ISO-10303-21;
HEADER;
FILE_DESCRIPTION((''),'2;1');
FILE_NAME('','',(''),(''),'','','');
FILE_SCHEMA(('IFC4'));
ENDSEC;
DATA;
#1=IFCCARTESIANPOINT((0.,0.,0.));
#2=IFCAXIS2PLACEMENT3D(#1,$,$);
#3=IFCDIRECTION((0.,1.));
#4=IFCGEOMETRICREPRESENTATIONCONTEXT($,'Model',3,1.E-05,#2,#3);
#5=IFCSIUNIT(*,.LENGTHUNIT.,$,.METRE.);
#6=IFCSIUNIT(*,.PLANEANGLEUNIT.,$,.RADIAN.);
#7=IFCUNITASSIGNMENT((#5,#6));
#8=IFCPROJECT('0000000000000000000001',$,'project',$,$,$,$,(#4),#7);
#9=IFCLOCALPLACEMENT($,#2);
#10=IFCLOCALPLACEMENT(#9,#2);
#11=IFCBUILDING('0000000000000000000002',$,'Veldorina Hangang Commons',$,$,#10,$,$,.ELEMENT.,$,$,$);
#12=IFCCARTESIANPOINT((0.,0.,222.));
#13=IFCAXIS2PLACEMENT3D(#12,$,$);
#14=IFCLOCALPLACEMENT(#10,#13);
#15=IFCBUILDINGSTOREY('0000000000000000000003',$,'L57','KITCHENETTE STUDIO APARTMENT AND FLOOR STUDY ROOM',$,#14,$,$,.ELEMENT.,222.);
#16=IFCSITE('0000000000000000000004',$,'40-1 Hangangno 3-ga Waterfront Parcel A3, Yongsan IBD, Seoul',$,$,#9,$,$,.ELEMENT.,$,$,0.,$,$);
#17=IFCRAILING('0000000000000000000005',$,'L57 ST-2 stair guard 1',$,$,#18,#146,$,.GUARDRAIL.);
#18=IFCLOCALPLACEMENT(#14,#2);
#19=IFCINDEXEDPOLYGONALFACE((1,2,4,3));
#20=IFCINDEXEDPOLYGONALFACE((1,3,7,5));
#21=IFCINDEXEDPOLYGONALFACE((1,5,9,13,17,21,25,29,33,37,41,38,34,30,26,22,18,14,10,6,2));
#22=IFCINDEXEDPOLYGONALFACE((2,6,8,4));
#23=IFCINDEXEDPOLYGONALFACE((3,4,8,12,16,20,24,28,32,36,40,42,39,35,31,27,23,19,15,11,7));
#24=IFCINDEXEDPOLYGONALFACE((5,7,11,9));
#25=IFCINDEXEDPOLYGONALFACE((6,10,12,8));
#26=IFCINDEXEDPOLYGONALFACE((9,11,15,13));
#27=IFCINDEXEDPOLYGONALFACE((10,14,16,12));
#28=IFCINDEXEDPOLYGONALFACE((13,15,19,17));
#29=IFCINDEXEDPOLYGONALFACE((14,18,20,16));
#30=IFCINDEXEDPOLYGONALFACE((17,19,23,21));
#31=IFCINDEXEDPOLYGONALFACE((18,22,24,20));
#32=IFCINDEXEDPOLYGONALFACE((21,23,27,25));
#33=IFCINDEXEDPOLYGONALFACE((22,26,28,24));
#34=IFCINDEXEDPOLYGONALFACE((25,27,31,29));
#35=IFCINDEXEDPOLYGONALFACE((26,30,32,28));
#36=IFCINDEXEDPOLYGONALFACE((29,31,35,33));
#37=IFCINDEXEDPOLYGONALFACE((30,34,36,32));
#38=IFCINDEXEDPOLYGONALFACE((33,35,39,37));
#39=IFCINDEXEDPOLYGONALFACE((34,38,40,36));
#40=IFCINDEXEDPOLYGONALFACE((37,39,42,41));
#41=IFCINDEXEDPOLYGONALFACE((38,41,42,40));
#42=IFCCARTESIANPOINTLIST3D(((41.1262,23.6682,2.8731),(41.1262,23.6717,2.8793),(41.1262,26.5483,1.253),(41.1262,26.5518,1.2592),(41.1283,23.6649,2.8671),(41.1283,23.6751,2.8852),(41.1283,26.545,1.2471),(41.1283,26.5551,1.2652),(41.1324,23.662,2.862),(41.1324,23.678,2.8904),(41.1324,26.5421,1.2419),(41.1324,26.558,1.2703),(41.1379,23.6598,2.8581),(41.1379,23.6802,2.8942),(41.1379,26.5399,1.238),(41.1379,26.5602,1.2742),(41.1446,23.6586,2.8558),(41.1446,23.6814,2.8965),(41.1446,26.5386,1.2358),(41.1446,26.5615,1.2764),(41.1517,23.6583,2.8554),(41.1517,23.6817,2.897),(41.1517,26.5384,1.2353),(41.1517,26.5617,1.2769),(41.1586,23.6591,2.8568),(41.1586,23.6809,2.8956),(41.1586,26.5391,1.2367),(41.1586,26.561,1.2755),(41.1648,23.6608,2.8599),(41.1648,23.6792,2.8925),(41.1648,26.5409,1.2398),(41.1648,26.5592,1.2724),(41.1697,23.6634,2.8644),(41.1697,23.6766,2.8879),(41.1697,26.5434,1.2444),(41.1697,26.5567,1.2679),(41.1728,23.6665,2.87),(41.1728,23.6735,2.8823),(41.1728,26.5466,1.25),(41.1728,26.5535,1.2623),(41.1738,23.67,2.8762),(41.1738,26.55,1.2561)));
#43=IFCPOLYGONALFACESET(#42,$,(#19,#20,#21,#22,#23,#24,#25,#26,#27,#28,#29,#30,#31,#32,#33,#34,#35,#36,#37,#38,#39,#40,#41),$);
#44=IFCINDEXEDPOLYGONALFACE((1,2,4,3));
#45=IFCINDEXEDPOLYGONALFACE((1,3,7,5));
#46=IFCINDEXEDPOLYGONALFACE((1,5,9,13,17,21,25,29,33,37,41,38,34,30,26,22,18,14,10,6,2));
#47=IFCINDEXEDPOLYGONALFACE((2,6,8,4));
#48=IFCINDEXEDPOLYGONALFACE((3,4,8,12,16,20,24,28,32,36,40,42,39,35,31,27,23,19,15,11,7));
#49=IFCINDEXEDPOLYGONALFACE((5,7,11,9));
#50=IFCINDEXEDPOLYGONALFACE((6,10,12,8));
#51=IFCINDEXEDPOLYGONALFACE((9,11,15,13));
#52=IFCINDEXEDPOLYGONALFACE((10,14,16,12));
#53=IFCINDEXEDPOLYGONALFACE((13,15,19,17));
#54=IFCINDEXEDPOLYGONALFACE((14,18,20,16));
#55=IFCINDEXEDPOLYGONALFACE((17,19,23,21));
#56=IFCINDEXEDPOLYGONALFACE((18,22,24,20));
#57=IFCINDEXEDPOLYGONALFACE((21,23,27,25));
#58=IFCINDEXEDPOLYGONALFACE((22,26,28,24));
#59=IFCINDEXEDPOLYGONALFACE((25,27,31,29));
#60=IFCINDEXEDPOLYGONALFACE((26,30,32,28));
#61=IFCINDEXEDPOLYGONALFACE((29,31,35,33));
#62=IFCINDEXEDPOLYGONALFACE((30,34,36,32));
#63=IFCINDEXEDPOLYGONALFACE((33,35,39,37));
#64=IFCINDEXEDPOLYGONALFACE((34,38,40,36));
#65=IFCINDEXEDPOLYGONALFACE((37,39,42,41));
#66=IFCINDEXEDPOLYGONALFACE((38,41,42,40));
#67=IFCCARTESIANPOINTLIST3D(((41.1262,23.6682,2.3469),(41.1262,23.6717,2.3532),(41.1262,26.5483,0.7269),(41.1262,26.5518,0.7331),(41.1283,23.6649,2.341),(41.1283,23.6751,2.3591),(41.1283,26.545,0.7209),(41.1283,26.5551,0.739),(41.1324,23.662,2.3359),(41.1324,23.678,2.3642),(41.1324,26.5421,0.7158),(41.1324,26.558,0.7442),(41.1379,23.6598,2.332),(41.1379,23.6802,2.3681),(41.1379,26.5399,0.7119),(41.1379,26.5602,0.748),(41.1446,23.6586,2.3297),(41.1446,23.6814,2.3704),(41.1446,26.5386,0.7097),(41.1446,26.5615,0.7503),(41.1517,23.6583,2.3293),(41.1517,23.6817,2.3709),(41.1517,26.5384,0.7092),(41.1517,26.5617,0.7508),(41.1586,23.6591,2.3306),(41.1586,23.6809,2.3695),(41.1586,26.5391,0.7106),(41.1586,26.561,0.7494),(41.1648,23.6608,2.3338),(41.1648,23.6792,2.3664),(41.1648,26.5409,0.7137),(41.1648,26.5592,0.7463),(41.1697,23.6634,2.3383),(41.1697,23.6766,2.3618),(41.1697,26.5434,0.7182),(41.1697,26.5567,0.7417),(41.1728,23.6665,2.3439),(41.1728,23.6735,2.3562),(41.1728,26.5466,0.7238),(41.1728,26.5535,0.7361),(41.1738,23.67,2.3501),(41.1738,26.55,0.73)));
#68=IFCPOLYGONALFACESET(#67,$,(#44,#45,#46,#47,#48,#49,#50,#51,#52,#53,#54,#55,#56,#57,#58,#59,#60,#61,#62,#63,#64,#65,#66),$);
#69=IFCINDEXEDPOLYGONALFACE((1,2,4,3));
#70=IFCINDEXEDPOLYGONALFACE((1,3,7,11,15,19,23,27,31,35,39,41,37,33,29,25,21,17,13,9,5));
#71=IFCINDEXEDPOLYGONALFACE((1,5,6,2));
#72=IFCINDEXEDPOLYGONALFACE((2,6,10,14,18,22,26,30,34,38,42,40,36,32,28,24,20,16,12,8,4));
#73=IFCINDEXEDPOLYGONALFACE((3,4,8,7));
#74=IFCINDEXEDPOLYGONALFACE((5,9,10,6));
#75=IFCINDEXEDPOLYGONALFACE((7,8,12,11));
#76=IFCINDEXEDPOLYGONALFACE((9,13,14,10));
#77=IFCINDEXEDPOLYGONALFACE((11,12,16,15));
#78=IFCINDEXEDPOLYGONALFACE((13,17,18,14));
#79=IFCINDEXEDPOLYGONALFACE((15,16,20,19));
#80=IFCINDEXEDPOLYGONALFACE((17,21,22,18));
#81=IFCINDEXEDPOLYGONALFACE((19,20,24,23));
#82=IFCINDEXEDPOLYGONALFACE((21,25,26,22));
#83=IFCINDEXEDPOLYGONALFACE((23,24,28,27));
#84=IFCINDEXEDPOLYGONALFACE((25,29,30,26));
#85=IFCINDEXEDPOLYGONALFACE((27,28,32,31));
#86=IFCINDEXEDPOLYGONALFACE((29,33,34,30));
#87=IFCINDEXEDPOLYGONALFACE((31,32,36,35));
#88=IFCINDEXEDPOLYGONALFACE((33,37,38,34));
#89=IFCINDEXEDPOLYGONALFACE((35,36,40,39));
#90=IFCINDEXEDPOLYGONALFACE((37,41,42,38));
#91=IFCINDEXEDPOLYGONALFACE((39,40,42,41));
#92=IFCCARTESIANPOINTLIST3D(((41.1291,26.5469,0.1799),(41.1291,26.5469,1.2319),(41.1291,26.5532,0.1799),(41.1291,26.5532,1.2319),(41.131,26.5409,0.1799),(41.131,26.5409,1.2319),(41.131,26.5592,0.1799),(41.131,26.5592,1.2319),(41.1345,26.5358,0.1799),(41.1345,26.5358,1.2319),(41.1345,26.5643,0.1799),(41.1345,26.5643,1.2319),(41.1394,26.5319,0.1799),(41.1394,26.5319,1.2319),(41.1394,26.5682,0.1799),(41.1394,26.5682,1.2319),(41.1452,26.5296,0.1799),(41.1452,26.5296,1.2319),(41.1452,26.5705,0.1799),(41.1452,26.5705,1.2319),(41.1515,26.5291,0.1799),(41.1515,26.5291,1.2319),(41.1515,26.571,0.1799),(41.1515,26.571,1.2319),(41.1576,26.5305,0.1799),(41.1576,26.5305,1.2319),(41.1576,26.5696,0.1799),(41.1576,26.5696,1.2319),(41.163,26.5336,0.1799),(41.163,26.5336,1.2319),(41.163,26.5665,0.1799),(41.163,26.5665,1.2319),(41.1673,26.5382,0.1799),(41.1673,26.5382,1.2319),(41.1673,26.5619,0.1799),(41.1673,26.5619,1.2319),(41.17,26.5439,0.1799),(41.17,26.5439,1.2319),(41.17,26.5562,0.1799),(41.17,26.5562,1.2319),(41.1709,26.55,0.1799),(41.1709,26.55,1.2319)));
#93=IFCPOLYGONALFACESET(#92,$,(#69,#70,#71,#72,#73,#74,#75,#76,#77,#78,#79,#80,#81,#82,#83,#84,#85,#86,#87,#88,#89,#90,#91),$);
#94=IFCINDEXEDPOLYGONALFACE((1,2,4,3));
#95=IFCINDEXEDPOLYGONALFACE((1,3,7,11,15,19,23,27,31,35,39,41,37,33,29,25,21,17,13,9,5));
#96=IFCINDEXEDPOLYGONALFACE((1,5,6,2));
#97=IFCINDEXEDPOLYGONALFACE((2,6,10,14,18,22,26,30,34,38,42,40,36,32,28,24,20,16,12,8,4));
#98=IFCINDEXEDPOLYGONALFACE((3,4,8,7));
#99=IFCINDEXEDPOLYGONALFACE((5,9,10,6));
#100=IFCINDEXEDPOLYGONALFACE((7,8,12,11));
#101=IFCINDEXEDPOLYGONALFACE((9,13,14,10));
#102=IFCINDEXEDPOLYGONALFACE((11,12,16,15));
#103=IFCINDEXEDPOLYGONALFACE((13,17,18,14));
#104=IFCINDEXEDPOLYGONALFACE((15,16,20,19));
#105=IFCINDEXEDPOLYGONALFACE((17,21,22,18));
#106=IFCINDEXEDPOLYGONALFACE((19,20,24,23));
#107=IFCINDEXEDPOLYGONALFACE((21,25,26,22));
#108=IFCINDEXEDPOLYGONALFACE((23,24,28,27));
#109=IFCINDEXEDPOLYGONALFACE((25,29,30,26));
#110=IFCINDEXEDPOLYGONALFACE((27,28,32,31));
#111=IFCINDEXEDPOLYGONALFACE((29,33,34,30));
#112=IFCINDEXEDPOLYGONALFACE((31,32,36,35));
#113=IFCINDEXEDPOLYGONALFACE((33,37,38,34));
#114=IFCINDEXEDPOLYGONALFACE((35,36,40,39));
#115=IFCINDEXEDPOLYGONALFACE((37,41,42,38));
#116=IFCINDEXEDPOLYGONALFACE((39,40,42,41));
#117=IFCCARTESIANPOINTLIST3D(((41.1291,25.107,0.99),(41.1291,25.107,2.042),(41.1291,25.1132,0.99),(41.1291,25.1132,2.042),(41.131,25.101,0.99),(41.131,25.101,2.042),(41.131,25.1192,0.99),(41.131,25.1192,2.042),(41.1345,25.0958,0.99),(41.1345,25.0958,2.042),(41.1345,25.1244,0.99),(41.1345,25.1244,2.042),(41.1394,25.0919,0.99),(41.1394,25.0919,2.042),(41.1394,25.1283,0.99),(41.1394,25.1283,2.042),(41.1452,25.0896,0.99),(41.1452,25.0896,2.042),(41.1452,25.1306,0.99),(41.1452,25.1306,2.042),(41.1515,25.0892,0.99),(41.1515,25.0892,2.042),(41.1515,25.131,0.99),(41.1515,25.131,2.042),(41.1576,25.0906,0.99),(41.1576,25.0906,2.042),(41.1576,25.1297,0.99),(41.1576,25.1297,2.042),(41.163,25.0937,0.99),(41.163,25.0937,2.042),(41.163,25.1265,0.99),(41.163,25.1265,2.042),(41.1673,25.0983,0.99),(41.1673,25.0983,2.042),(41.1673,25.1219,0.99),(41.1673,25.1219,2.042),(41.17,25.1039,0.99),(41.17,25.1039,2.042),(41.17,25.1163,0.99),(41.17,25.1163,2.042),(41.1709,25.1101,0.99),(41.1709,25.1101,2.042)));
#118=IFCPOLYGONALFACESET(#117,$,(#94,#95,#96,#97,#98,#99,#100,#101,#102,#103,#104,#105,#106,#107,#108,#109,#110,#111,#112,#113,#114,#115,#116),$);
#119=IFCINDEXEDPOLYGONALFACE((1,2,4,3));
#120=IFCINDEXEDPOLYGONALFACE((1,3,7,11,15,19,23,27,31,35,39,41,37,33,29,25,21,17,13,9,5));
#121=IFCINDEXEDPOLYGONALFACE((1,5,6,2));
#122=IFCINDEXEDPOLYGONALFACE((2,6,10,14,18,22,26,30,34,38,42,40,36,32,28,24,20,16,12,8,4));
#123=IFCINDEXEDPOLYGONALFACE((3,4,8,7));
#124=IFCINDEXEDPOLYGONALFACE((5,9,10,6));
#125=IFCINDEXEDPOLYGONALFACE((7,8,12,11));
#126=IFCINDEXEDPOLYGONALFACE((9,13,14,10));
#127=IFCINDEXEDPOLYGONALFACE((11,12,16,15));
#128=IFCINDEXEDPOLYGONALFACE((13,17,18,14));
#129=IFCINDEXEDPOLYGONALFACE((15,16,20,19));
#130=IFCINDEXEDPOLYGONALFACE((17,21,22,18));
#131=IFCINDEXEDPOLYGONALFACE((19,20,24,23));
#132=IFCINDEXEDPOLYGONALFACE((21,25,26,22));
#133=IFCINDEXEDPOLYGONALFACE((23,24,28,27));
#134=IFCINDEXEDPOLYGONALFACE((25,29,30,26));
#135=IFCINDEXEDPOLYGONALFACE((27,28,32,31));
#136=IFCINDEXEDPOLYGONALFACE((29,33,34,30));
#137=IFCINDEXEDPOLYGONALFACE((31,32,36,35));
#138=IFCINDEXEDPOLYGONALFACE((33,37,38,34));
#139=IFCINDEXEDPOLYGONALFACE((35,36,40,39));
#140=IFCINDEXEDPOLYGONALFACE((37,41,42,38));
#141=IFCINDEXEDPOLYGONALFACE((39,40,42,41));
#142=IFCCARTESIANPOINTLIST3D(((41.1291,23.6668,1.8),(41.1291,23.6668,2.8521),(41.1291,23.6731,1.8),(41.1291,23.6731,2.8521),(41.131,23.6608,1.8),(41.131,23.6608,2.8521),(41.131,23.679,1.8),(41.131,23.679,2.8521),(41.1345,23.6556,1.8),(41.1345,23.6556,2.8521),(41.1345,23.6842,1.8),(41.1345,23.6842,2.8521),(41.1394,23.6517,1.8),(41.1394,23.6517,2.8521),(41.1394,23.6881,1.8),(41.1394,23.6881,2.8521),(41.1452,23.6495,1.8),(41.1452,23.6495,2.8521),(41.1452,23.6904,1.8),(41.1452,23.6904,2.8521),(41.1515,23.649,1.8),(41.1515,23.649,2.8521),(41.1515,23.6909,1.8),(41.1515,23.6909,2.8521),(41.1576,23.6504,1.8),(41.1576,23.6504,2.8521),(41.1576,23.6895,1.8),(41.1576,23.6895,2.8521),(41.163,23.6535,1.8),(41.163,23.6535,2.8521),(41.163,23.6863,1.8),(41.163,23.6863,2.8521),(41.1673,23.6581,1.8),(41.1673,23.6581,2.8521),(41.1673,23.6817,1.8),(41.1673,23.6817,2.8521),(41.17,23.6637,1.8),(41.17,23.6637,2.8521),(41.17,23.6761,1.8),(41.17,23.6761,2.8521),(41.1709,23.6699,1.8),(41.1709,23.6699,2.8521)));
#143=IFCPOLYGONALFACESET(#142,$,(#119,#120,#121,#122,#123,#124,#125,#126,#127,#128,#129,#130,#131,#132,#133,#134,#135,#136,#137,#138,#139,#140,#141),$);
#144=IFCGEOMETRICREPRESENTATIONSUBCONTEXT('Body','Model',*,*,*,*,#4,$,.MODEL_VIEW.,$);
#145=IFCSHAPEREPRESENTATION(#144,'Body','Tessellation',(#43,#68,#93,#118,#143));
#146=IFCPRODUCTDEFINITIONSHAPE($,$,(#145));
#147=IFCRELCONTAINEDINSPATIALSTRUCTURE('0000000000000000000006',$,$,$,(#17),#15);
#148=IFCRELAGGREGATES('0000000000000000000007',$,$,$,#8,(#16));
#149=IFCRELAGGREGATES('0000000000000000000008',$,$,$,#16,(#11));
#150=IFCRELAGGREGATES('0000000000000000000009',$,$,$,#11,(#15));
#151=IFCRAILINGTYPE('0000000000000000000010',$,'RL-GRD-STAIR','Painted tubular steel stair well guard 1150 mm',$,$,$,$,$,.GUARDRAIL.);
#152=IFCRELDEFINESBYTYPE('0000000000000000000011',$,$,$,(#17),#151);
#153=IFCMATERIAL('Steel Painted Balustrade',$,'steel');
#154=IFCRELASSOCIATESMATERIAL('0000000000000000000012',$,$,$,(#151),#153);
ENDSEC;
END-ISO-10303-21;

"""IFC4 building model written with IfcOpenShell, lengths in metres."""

from ifc_helpers import new_model, si_unit, direction, frame, origin, origin_2d, place, context, subcontext, project, spatial, circle, extrude, material, type_object, element, save


model = new_model("IFC4")

# Units and contexts
model_context = context("Model", 3, precision=1e-05, world=origin(), true_north=direction((0.0, 1.0)))
body_context = subcontext(model_context, "Body", "Model", "MODEL_VIEW")
ifc_project = project(units=[si_unit("LENGTHUNIT", "METRE"), si_unit("PLANEANGLEUNIT", "RADIAN")], contexts=[model_context])

# Site, building, storey
site_placement = place(None, origin())
site = spatial("IfcSite", under=ifc_project, at=site_placement, Name="40-1 Hangangno 3-ga Waterfront Parcel A3, Yongsan IBD, Seoul", CompositionType="ELEMENT", RefElevation=0.0)
building_placement = place(site_placement, origin())
building = spatial("IfcBuilding", under=site, at=building_placement, Name="Veldorina Hangang Commons", CompositionType="ELEMENT")
storey_placement = place(building_placement, frame((0.0, 0.0, 222.0)))
storey = spatial("IfcBuildingStorey", under=building, at=storey_placement, Name="L57", Description="KITCHENETTE STUDIO APARTMENT AND FLOOR STUDY ROOM", CompositionType="ELEMENT", Elevation=222.0)

# Railing
ifc_material_1 = material(Name="Steel Painted Balustrade", Category="steel")
railing_type_1 = type_object("IfcRailingType", Name="RL-GRD-STAIR", Description="Painted tubular steel stair well guard 1150 mm", PredefinedType="GUARDRAIL", material=ifc_material_1)
railing_1_placement = place(storey_placement, frame((41.1499, 26.55, 0.1799)))
element("IfcRailing", 1, at=railing_1_placement, inside=storey, type_object=railing_type_1, Name="L57 ST-2 stair guard 1", PredefinedType="GUARDRAIL", context=body_context, shape_type="SweptSolid", body=[
    extrude(circle(Radius=0.0239, at=origin_2d()), frame((0.0, 0.0, 1.0762), z_axis=(0.0, -0.87157, 0.490272), x_axis=(1.0, 0.0, 0.0)), (0.0, 0.0, 1.0), 3.3044),
    extrude(circle(Radius=0.0239, at=origin_2d()), frame((0.0, 0.0, 0.55), z_axis=(0.0, -0.87157, 0.490272), x_axis=(1.0, 0.0, 0.0)), (0.0, 0.0, 1.0), 3.3044),
    extrude(circle(Radius=0.021, at=origin_2d()), origin(), (0.0, 0.0, 1.0), 1.052),
    extrude(circle(Radius=0.021, at=origin_2d()), frame((0.0, -1.4399, 0.8101)), (0.0, 0.0, 1.0), 1.052),
    extrude(circle(Radius=0.021, at=origin_2d()), frame((0.0, -2.8801, 1.6201)), (0.0, 0.0, 1.0), 1.052),
])

save(model, "model.ifc")
